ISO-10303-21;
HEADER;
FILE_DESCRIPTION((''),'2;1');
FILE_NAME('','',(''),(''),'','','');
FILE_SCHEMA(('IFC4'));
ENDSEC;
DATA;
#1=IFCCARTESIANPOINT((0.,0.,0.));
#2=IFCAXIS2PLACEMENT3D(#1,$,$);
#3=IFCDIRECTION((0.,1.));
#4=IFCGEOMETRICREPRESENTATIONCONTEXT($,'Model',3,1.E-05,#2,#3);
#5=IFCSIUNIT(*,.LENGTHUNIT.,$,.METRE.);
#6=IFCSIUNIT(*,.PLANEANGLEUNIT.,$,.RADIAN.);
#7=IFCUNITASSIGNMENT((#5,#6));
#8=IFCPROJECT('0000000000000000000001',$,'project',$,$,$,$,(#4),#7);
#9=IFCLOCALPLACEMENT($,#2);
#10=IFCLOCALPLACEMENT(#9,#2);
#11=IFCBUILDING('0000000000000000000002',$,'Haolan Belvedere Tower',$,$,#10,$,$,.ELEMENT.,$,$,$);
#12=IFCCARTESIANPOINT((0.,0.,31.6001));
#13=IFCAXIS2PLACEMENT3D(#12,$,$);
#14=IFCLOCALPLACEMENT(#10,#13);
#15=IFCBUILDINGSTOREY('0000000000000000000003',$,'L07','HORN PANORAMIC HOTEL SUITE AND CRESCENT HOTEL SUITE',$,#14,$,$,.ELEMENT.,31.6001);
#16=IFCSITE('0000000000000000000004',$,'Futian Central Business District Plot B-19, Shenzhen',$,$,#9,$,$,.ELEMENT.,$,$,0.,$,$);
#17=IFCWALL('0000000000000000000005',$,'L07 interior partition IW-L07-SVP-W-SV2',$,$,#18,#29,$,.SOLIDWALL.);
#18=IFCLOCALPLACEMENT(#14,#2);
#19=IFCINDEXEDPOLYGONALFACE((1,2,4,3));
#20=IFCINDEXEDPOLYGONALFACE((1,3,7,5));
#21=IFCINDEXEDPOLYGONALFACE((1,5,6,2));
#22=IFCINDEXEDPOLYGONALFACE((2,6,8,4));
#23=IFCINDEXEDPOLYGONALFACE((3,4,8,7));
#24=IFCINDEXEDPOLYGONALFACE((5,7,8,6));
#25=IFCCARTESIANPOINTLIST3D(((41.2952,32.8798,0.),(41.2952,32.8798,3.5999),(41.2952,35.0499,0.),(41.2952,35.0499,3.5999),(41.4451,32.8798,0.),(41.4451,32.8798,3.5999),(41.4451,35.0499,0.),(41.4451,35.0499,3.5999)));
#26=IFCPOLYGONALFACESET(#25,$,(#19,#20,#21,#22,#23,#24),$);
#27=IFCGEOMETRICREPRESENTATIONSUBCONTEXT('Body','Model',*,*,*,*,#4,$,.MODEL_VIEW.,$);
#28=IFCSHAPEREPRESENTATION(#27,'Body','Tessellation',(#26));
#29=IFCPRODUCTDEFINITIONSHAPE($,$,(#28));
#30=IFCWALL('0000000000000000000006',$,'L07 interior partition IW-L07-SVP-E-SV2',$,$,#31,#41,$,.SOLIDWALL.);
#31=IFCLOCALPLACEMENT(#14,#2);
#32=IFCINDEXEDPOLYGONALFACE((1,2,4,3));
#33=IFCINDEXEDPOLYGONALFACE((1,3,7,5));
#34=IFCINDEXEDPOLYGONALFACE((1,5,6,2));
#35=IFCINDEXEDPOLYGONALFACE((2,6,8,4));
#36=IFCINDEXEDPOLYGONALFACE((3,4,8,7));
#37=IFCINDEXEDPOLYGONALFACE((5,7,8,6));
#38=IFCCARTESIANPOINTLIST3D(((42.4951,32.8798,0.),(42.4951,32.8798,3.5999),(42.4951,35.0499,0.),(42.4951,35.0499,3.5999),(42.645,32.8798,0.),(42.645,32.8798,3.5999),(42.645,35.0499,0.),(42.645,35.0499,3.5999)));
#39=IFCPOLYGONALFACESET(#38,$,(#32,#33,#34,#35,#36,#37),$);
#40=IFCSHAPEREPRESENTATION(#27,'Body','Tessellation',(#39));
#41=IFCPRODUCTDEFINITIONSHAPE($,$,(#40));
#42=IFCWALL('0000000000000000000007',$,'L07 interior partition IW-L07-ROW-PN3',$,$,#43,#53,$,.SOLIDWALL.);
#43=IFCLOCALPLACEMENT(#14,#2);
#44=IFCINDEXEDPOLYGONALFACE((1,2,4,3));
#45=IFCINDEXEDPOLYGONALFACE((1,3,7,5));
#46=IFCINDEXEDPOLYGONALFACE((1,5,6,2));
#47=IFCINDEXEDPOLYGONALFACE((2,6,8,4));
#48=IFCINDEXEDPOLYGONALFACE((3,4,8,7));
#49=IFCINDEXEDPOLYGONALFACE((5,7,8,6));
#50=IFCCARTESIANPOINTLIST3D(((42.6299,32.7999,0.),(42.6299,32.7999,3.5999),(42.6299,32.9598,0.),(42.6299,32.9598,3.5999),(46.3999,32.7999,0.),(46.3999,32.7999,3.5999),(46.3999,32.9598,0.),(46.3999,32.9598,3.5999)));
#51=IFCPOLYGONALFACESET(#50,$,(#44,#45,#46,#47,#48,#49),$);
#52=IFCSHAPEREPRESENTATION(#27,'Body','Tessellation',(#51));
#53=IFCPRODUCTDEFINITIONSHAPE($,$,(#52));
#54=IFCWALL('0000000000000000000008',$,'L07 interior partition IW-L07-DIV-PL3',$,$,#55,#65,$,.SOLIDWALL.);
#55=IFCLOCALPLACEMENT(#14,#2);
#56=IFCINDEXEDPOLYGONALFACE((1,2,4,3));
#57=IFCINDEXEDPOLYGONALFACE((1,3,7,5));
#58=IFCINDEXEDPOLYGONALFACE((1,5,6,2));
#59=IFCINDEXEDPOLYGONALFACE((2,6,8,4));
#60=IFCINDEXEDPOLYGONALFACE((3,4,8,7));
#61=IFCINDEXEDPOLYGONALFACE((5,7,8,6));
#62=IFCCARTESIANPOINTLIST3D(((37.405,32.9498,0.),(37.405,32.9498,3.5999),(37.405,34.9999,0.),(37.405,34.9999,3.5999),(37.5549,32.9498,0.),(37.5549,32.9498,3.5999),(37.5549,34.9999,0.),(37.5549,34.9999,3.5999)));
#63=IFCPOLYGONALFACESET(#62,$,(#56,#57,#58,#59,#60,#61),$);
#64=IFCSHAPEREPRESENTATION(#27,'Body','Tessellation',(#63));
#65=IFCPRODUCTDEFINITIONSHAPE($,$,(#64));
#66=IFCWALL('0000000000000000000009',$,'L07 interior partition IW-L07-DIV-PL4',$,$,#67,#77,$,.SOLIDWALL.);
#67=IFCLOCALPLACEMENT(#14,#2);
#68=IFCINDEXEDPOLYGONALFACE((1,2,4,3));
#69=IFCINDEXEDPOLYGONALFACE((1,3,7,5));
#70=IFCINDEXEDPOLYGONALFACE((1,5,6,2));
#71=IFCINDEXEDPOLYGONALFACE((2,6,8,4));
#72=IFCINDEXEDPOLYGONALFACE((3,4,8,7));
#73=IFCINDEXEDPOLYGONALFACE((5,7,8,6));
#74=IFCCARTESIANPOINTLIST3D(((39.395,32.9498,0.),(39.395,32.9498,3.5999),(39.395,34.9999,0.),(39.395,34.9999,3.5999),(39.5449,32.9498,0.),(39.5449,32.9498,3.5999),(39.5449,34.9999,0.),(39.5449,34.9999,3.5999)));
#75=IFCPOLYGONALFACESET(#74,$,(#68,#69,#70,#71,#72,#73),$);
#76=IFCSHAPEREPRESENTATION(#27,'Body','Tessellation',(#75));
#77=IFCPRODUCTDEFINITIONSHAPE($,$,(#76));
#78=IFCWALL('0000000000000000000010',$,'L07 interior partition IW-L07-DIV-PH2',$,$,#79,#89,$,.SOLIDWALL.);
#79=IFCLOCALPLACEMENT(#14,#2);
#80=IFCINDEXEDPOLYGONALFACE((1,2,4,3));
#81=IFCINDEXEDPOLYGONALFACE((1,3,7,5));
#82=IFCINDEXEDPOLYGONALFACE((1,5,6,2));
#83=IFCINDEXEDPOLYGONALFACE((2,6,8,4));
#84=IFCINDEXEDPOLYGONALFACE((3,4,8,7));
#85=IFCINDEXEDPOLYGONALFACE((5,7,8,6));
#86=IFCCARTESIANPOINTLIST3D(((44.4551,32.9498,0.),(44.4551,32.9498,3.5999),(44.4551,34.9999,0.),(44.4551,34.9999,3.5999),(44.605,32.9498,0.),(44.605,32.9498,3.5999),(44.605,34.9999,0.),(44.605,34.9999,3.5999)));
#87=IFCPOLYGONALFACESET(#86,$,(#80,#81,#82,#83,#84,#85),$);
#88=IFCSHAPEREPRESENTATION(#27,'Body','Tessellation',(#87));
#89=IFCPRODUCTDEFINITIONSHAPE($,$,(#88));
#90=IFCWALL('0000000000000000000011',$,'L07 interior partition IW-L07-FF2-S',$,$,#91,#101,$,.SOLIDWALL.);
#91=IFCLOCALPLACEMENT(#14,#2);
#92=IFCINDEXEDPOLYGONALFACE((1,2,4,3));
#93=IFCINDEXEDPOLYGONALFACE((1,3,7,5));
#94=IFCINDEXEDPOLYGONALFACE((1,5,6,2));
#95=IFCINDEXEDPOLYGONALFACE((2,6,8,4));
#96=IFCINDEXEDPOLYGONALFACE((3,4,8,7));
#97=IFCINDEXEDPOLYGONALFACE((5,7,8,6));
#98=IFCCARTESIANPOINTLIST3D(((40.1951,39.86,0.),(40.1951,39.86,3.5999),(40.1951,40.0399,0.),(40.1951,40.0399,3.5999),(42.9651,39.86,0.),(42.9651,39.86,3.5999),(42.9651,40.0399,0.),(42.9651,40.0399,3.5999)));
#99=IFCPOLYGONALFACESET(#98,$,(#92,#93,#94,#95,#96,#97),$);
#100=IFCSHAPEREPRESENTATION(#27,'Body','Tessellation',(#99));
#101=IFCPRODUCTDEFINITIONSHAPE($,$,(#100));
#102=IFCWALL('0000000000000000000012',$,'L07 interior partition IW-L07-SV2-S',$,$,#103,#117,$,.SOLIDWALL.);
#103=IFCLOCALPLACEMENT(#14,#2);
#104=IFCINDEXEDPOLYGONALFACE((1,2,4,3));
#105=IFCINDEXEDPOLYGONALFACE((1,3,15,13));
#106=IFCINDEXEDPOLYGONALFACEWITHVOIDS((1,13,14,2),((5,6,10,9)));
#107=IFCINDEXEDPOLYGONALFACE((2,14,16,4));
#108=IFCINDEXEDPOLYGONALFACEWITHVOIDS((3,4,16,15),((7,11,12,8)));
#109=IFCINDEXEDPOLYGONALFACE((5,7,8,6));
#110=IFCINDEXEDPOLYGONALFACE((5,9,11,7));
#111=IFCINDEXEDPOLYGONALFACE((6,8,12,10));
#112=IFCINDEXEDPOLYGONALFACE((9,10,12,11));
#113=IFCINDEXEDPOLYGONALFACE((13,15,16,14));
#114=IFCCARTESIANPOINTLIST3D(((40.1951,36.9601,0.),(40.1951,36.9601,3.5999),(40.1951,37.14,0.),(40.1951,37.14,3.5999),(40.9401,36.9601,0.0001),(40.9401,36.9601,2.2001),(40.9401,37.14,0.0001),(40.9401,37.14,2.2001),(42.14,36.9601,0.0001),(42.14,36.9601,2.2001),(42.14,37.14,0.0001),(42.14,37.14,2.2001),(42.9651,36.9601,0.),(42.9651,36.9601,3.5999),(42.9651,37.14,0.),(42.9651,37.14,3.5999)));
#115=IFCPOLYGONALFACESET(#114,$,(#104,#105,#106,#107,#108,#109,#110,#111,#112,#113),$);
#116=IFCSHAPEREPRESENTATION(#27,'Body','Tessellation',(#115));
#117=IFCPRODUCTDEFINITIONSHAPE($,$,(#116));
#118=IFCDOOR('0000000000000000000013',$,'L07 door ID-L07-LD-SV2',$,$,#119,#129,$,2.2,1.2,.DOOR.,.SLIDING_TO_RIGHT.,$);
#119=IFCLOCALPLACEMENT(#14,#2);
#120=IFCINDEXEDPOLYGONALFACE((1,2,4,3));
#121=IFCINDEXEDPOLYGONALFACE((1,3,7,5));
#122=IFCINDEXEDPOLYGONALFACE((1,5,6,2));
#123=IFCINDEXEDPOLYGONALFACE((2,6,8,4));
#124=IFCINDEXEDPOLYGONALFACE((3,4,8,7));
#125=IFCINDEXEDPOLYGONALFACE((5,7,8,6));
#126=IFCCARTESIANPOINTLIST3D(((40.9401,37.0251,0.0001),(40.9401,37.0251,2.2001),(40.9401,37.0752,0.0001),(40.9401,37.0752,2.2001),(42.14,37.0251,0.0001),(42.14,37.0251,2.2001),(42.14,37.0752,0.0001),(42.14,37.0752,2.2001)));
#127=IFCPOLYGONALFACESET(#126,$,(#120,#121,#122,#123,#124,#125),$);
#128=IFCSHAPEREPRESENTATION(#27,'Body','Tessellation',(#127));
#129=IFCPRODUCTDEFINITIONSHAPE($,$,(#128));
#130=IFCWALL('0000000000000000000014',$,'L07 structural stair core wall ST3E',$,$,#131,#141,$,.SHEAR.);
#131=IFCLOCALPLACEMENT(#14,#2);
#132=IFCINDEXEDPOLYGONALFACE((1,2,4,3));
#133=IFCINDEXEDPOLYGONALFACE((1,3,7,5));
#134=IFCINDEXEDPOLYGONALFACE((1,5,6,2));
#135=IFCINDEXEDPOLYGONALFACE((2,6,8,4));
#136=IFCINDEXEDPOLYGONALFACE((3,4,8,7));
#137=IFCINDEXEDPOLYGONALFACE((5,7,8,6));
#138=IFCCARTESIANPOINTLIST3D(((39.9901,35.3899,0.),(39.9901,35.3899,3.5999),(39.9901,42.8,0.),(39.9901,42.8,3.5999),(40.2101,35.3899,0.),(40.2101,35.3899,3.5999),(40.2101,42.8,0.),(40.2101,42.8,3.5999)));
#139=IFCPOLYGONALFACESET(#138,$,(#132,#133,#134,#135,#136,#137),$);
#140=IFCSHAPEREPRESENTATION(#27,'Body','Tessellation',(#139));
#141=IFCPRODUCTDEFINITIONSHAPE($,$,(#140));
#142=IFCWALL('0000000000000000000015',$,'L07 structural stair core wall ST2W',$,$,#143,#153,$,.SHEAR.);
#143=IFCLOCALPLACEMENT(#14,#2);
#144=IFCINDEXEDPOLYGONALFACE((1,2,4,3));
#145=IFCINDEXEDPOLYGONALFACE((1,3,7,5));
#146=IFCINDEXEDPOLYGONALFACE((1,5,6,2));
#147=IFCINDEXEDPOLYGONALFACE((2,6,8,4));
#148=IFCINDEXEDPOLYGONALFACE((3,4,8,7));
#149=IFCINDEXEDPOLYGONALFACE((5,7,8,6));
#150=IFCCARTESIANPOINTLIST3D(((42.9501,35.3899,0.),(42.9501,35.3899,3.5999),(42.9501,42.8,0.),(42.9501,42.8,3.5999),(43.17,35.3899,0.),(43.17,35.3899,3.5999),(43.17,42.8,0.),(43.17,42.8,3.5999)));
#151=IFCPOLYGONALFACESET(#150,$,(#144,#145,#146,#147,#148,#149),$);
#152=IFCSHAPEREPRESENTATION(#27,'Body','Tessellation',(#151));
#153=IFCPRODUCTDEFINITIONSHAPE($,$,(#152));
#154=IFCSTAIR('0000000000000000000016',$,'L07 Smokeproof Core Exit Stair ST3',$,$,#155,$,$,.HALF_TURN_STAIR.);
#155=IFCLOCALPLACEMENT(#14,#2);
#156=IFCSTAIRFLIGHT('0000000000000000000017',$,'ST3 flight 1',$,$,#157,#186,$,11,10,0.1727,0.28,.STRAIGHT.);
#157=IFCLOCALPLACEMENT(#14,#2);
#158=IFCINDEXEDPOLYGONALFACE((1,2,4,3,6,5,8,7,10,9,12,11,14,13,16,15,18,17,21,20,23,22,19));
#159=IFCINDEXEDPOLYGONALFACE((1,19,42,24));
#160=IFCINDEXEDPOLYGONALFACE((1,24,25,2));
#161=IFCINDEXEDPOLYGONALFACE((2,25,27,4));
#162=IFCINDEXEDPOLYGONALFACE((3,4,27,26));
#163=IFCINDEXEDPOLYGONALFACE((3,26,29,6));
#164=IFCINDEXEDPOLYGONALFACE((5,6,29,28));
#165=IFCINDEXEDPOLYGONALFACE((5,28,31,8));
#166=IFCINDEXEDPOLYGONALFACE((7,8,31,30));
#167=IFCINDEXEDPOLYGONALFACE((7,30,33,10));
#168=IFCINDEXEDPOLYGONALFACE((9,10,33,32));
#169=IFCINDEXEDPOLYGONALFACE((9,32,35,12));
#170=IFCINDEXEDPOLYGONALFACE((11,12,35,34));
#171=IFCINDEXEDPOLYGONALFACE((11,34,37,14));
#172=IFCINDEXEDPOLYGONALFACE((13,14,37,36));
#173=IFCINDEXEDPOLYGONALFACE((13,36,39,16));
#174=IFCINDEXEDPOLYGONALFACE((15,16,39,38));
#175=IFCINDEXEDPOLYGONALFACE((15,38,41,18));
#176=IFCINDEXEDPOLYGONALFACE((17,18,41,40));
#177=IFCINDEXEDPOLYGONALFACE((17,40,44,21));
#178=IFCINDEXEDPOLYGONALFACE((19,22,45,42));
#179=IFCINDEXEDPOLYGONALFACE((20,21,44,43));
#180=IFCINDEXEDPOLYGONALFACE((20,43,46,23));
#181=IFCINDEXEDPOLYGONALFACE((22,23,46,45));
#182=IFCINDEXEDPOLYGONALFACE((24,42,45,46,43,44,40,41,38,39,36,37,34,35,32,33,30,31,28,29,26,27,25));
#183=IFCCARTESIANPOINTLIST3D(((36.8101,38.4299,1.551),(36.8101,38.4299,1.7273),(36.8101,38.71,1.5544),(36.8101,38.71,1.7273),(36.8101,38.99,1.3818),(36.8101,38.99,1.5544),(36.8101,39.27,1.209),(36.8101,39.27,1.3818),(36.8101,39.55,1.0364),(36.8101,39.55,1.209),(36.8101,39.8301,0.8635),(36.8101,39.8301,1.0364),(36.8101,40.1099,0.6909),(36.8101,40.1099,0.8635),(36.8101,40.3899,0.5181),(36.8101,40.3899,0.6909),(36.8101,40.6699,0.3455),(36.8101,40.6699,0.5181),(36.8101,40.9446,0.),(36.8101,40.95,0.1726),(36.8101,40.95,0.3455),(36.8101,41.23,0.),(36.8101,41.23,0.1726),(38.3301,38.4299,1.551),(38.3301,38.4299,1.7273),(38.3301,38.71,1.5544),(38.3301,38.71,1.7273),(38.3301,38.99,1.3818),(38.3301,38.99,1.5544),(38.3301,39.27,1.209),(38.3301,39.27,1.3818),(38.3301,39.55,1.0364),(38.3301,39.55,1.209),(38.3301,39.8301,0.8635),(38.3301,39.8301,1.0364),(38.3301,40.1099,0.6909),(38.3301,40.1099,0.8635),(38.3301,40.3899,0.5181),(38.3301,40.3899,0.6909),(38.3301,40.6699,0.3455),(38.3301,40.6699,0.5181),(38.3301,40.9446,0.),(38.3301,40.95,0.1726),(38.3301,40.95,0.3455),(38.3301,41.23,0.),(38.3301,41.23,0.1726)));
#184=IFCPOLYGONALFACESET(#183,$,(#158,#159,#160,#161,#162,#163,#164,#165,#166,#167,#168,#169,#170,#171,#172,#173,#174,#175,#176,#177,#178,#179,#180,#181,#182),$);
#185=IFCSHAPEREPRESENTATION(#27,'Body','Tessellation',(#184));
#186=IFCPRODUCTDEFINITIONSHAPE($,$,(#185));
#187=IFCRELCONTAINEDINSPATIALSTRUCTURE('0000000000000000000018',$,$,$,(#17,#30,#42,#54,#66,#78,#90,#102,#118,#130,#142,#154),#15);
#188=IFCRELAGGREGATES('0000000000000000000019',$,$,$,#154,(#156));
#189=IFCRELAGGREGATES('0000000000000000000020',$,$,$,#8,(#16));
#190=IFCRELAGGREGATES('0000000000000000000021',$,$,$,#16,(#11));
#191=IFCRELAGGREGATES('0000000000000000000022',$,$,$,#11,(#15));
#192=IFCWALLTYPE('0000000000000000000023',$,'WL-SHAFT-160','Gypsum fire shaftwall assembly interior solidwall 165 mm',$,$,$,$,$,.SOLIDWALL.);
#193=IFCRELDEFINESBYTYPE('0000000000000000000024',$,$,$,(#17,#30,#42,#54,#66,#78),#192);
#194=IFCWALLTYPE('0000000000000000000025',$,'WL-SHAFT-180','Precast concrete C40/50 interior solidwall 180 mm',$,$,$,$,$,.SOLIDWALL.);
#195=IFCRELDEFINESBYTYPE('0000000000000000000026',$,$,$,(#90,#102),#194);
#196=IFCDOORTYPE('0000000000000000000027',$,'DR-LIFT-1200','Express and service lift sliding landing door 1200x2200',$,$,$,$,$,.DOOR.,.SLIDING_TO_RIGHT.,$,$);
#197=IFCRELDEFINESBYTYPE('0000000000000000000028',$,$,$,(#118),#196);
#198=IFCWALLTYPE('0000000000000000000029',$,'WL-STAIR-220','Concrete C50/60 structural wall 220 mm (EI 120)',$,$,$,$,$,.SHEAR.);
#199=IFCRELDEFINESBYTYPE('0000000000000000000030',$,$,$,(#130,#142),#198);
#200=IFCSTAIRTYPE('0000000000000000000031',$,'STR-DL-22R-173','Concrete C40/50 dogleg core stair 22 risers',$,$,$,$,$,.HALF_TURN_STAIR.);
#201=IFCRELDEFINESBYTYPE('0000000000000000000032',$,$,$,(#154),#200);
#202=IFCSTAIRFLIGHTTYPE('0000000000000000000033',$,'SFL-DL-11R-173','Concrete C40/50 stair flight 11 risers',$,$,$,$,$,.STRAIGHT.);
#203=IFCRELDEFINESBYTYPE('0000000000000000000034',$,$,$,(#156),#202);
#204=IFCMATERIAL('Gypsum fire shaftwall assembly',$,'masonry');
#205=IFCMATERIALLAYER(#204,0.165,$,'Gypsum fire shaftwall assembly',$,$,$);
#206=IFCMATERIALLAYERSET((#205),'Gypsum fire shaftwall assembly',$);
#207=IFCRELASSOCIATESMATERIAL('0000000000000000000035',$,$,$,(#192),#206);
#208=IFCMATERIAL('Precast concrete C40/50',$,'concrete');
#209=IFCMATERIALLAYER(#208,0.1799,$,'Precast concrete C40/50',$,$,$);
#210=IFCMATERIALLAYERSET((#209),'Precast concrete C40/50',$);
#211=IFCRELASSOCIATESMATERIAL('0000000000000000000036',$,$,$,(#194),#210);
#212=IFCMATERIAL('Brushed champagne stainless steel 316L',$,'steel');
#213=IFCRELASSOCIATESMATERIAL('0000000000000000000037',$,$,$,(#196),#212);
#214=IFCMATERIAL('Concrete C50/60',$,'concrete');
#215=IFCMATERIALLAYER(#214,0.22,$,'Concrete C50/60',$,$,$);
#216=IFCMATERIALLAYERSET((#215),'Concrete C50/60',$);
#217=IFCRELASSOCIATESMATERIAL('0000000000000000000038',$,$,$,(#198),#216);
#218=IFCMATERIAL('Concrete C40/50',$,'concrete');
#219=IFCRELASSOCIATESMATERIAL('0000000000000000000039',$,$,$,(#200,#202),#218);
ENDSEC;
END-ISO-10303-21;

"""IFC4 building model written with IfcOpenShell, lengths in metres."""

from ifc_helpers import new_model, si_unit, direction, frame, frame_2d, origin, place, context, subcontext, project, spatial, polyline, rectangle, outline, extrude, material, layer, layer_set, type_object, element, fill, aggregate, save


model = new_model("IFC4")

# Units and contexts
model_context = context("Model", 3, precision=1e-05, world=origin(), true_north=direction((0.0, 1.0)))
body_context = subcontext(model_context, "Body", "Model", "MODEL_VIEW")
ifc_project = project(units=[si_unit("LENGTHUNIT", "METRE"), si_unit("PLANEANGLEUNIT", "RADIAN")], contexts=[model_context])

# Site, building, storey
site_placement = place(None, origin())
site = spatial("IfcSite", under=ifc_project, at=site_placement, Name="Futian Central Business District Plot B-19, Shenzhen", CompositionType="ELEMENT", RefElevation=0.0)
building_placement = place(site_placement, origin())
building = spatial("IfcBuilding", under=site, at=building_placement, Name="Haolan Belvedere Tower", CompositionType="ELEMENT")
storey_placement = place(building_placement, frame((0.0, 0.0, 31.6001)))
storey = spatial("IfcBuildingStorey", under=building, at=storey_placement, Name="L07", Description="HORN PANORAMIC HOTEL SUITE AND CRESCENT HOTEL SUITE", CompositionType="ELEMENT", Elevation=31.6001)

# Walls
ifc_material_1 = material(Name="Gypsum fire shaftwall assembly", Category="masonry")
ifc_layer_1 = layer(ifc_material_1, 0.165, Name="Gypsum fire shaftwall assembly")
ifc_layer_set_1 = layer_set([ifc_layer_1], Name="Gypsum fire shaftwall assembly")
wall_type_1 = type_object("IfcWallType", Name="WL-SHAFT-160", Description="Gypsum fire shaftwall assembly interior solidwall 165 mm", PredefinedType="SOLIDWALL", material=ifc_layer_set_1)
for number, where, z_axis, x_axis, name in (
    (1, (41.3701, 32.8799, 0.0), (0.0, 0.0, 1.0), (0.0, 1.0, 0.0), "L07 interior partition IW-L07-SVP-W-SV2"),
    (2, (42.5701, 32.8799, 0.0), (0.0, 0.0, 1.0), (0.0, 1.0, 0.0), "L07 interior partition IW-L07-SVP-E-SV2"),
):
    element("IfcWall", number, at=place(storey_placement, frame(where, z_axis=z_axis, x_axis=x_axis)), inside=storey, type_object=wall_type_1, Name=name, PredefinedType="SOLIDWALL", context=body_context, shape_type="SweptSolid", body=[
        extrude(rectangle(XDim=2.1702, YDim=0.1499, at=frame_2d((1.085, 0.0))), origin(), (0.0, 0.0, 1.0), 3.5999),
    ])
wall_1_placement = place(storey_placement, frame((42.6299, 32.8799, 0.0), z_axis=(0.0, 0.0, 1.0), x_axis=(1.0, 0.0, 0.0)))
element("IfcWall", 3, at=wall_1_placement, inside=storey, type_object=wall_type_1, Name="L07 interior partition IW-L07-ROW-PN3", PredefinedType="SOLIDWALL", context=body_context, shape_type="SweptSolid", body=[
    extrude(rectangle(XDim=3.77, YDim=0.1599, at=frame_2d((1.885, 0.0))), origin(), (0.0, 0.0, 1.0), 3.5999),
])
for number, where, z_axis, x_axis, name in (
    (4, (37.48, 32.95, 0.0), (0.0, 0.0, 1.0), (0.0, 1.0, 0.0), "L07 interior partition IW-L07-DIV-PL3"),
    (5, (39.47, 32.95, 0.0), (0.0, 0.0, 1.0), (0.0, 1.0, 0.0), "L07 interior partition IW-L07-DIV-PL4"),
    (6, (44.53, 32.95, 0.0), (0.0, 0.0, 1.0), (0.0, 1.0, 0.0), "L07 interior partition IW-L07-DIV-PH2"),
):
    element("IfcWall", number, at=place(storey_placement, frame(where, z_axis=z_axis, x_axis=x_axis)), inside=storey, type_object=wall_type_1, Name=name, PredefinedType="SOLIDWALL", context=body_context, shape_type="SweptSolid", body=[
        extrude(rectangle(XDim=2.05, YDim=0.1499, at=frame_2d((1.0249, 0.0))), origin(), (0.0, 0.0, 1.0), 3.5999),
    ])
ifc_material_2 = material(Name="Precast concrete C40/50", Category="concrete")
ifc_layer_2 = layer(ifc_material_2, 0.1799, Name="Precast concrete C40/50")
ifc_layer_set_2 = layer_set([ifc_layer_2], Name="Precast concrete C40/50")
wall_type_2 = type_object("IfcWallType", Name="WL-SHAFT-180", Description="Precast concrete C40/50 interior solidwall 180 mm", PredefinedType="SOLIDWALL", material=ifc_layer_set_2)
wall_2_placement = place(storey_placement, frame((40.1951, 39.95, 0.0), z_axis=(0.0, 0.0, 1.0), x_axis=(1.0, 0.0, 0.0)))
element("IfcWall", 7, at=wall_2_placement, inside=storey, type_object=wall_type_2, Name="L07 interior partition IW-L07-FF2-S", PredefinedType="SOLIDWALL", context=body_context, shape_type="SweptSolid", body=[
    extrude(rectangle(XDim=2.77, YDim=0.1799, at=frame_2d((1.385, 0.0))), origin(), (0.0, 0.0, 1.0), 3.5999),
])

# Wall, opening, door
wall_3_placement = place(storey_placement, frame((40.1951, 37.05, 0.0), z_axis=(0.0, 0.0, 1.0), x_axis=(1.0, 0.0, 0.0)))
wall_3 = element("IfcWall", 8, at=wall_3_placement, inside=storey, type_object=wall_type_2, Name="L07 interior partition IW-L07-SV2-S", PredefinedType="SOLIDWALL", context=body_context, shape_type="SweptSolid", body=[
    extrude(rectangle(XDim=2.77, YDim=0.1799, at=frame_2d((1.385, 0.0))), origin(), (0.0, 0.0, 1.0), 3.5999),
])
opening_placement = place(wall_3_placement, frame((1.9451, 0.0, 0.0), z_axis=(0.0, 0.0, 1.0), x_axis=(-1.0, 0.0, 0.0)))
opening = element("IfcOpeningElement", 9, at=opening_placement, cuts=wall_3, PredefinedType="OPENING", context=body_context, shape_type="SweptSolid", body=[
    extrude(rectangle(XDim=1.2, YDim=2.2, at=frame_2d((0.6001, 1.1001))), frame((0.0, 0.0999, 0.0), z_axis=(0.0, -1.0, 0.0), x_axis=(1.0, 0.0, 0.0)), (0.0, 0.0, 1.0), 0.2),
])
ifc_material_3 = material(Name="Brushed champagne stainless steel 316L", Category="steel")
door_type = type_object("IfcDoorType", Name="DR-LIFT-1200", Description="Express and service lift sliding landing door 1200x2200", OperationType="SLIDING_TO_RIGHT", PredefinedType="DOOR", material=ifc_material_3)
door_placement = place(opening_placement, origin())
door = element("IfcDoor", 10, at=door_placement, inside=storey, type_object=door_type, Name="L07 door ID-L07-LD-SV2", OperationType="SLIDING_TO_RIGHT", OverallHeight=2.2, OverallWidth=1.2, PredefinedType="DOOR", context=body_context, shape_type="SweptSolid", body=[
    extrude(rectangle(XDim=1.2, YDim=2.2, at=frame_2d((0.6001, 1.1001))), frame((0.0, 0.0249, 0.0), z_axis=(0.0, -1.0, 0.0), x_axis=(1.0, 0.0, 0.0)), (0.0, 0.0, 1.0), 0.05),
])
fill(opening, door)

# Walls
ifc_material_4 = material(Name="Concrete C50/60", Category="concrete")
ifc_layer_3 = layer(ifc_material_4, 0.22, Name="Concrete C50/60")
ifc_layer_set_3 = layer_set([ifc_layer_3], Name="Concrete C50/60")
wall_type_3 = type_object("IfcWallType", Name="WL-STAIR-220", Description="Concrete C50/60 structural wall 220 mm (EI 120)", PredefinedType="SHEAR", material=ifc_layer_set_3)
for number, where, z_axis, x_axis, name in (
    (11, (40.1001, 35.3899, 0.0), (0.0, 0.0, 1.0), (0.0, 1.0, 0.0), "L07 structural stair core wall ST3E"),
    (12, (43.0601, 35.3899, 0.0), (0.0, 0.0, 1.0), (0.0, 1.0, 0.0), "L07 structural stair core wall ST2W"),
):
    element("IfcWall", number, at=place(storey_placement, frame(where, z_axis=z_axis, x_axis=x_axis)), inside=storey, type_object=wall_type_3, Name=name, PredefinedType="SHEAR", context=body_context, shape_type="SweptSolid", body=[
        extrude(rectangle(XDim=7.4102, YDim=0.22, at=frame_2d((3.7051, 0.0))), origin(), (0.0, 0.0, 1.0), 3.5999),
    ])

# Stair, stair flight
ifc_material_5 = material(Name="Concrete C40/50", Category="concrete")
stair_type = type_object("IfcStairType", Name="STR-DL-22R-173", Description="Concrete C40/50 dogleg core stair 22 risers", PredefinedType="HALF_TURN_STAIR", material=ifc_material_5)
stair_1_placement = place(storey_placement, origin())
stair_1 = element("IfcStair", 13, at=stair_1_placement, inside=storey, type_object=stair_type, Name="L07 Smokeproof Core Exit Stair ST3", PredefinedType="HALF_TURN_STAIR")
stair_flight_type = type_object("IfcStairFlightType", Name="SFL-DL-11R-173", Description="Concrete C40/50 stair flight 11 risers", PredefinedType="STRAIGHT", material=ifc_material_5)
stair_flight_1_placement = place(storey_placement, frame((37.5701, 41.23, 0.0), z_axis=(0.0, 0.0, 1.0), x_axis=(0.0, -1.0, 0.0)))
stair_flight_1 = element("IfcStairFlight", 14, at=stair_flight_1_placement, type_object=stair_flight_type, Name="ST3 flight 1", NumberOfRisers=11, NumberOfTreads=10, PredefinedType="STRAIGHT", RiserHeight=0.1727, TreadLength=0.28, context=body_context, shape_type="SweptSolid", body=[
    extrude(outline(polyline([(0.0, 0.0), (0.0, 0.1726), (0.28, 0.1726), (0.28, 0.3455), (0.5601, 0.3455), (0.5601, 0.5181), (0.8401, 0.5181), (0.8401, 0.6909), (1.1201, 0.6909), (1.1201, 0.8635), (1.3999, 0.8635), (1.3999, 1.0364), (1.6799, 1.0364), (1.6799, 1.209), (1.96, 1.209), (1.96, 1.3818), (2.24, 1.3818), (2.24, 1.5544), (2.52, 1.5544), (2.52, 1.7273), (2.8, 1.7273), (2.8, 1.8999), (2.8, 1.551), (0.2854, 0.0), (0.0, 0.0)])), frame((0.0, 0.76, 0.0), z_axis=(0.0, -1.0, 0.0), x_axis=(1.0, 0.0, 0.0)), (0.0, 0.0, 1.0), 1.52),
])
aggregate(stair_1, [stair_flight_1])

save(model, "model.ifc")
